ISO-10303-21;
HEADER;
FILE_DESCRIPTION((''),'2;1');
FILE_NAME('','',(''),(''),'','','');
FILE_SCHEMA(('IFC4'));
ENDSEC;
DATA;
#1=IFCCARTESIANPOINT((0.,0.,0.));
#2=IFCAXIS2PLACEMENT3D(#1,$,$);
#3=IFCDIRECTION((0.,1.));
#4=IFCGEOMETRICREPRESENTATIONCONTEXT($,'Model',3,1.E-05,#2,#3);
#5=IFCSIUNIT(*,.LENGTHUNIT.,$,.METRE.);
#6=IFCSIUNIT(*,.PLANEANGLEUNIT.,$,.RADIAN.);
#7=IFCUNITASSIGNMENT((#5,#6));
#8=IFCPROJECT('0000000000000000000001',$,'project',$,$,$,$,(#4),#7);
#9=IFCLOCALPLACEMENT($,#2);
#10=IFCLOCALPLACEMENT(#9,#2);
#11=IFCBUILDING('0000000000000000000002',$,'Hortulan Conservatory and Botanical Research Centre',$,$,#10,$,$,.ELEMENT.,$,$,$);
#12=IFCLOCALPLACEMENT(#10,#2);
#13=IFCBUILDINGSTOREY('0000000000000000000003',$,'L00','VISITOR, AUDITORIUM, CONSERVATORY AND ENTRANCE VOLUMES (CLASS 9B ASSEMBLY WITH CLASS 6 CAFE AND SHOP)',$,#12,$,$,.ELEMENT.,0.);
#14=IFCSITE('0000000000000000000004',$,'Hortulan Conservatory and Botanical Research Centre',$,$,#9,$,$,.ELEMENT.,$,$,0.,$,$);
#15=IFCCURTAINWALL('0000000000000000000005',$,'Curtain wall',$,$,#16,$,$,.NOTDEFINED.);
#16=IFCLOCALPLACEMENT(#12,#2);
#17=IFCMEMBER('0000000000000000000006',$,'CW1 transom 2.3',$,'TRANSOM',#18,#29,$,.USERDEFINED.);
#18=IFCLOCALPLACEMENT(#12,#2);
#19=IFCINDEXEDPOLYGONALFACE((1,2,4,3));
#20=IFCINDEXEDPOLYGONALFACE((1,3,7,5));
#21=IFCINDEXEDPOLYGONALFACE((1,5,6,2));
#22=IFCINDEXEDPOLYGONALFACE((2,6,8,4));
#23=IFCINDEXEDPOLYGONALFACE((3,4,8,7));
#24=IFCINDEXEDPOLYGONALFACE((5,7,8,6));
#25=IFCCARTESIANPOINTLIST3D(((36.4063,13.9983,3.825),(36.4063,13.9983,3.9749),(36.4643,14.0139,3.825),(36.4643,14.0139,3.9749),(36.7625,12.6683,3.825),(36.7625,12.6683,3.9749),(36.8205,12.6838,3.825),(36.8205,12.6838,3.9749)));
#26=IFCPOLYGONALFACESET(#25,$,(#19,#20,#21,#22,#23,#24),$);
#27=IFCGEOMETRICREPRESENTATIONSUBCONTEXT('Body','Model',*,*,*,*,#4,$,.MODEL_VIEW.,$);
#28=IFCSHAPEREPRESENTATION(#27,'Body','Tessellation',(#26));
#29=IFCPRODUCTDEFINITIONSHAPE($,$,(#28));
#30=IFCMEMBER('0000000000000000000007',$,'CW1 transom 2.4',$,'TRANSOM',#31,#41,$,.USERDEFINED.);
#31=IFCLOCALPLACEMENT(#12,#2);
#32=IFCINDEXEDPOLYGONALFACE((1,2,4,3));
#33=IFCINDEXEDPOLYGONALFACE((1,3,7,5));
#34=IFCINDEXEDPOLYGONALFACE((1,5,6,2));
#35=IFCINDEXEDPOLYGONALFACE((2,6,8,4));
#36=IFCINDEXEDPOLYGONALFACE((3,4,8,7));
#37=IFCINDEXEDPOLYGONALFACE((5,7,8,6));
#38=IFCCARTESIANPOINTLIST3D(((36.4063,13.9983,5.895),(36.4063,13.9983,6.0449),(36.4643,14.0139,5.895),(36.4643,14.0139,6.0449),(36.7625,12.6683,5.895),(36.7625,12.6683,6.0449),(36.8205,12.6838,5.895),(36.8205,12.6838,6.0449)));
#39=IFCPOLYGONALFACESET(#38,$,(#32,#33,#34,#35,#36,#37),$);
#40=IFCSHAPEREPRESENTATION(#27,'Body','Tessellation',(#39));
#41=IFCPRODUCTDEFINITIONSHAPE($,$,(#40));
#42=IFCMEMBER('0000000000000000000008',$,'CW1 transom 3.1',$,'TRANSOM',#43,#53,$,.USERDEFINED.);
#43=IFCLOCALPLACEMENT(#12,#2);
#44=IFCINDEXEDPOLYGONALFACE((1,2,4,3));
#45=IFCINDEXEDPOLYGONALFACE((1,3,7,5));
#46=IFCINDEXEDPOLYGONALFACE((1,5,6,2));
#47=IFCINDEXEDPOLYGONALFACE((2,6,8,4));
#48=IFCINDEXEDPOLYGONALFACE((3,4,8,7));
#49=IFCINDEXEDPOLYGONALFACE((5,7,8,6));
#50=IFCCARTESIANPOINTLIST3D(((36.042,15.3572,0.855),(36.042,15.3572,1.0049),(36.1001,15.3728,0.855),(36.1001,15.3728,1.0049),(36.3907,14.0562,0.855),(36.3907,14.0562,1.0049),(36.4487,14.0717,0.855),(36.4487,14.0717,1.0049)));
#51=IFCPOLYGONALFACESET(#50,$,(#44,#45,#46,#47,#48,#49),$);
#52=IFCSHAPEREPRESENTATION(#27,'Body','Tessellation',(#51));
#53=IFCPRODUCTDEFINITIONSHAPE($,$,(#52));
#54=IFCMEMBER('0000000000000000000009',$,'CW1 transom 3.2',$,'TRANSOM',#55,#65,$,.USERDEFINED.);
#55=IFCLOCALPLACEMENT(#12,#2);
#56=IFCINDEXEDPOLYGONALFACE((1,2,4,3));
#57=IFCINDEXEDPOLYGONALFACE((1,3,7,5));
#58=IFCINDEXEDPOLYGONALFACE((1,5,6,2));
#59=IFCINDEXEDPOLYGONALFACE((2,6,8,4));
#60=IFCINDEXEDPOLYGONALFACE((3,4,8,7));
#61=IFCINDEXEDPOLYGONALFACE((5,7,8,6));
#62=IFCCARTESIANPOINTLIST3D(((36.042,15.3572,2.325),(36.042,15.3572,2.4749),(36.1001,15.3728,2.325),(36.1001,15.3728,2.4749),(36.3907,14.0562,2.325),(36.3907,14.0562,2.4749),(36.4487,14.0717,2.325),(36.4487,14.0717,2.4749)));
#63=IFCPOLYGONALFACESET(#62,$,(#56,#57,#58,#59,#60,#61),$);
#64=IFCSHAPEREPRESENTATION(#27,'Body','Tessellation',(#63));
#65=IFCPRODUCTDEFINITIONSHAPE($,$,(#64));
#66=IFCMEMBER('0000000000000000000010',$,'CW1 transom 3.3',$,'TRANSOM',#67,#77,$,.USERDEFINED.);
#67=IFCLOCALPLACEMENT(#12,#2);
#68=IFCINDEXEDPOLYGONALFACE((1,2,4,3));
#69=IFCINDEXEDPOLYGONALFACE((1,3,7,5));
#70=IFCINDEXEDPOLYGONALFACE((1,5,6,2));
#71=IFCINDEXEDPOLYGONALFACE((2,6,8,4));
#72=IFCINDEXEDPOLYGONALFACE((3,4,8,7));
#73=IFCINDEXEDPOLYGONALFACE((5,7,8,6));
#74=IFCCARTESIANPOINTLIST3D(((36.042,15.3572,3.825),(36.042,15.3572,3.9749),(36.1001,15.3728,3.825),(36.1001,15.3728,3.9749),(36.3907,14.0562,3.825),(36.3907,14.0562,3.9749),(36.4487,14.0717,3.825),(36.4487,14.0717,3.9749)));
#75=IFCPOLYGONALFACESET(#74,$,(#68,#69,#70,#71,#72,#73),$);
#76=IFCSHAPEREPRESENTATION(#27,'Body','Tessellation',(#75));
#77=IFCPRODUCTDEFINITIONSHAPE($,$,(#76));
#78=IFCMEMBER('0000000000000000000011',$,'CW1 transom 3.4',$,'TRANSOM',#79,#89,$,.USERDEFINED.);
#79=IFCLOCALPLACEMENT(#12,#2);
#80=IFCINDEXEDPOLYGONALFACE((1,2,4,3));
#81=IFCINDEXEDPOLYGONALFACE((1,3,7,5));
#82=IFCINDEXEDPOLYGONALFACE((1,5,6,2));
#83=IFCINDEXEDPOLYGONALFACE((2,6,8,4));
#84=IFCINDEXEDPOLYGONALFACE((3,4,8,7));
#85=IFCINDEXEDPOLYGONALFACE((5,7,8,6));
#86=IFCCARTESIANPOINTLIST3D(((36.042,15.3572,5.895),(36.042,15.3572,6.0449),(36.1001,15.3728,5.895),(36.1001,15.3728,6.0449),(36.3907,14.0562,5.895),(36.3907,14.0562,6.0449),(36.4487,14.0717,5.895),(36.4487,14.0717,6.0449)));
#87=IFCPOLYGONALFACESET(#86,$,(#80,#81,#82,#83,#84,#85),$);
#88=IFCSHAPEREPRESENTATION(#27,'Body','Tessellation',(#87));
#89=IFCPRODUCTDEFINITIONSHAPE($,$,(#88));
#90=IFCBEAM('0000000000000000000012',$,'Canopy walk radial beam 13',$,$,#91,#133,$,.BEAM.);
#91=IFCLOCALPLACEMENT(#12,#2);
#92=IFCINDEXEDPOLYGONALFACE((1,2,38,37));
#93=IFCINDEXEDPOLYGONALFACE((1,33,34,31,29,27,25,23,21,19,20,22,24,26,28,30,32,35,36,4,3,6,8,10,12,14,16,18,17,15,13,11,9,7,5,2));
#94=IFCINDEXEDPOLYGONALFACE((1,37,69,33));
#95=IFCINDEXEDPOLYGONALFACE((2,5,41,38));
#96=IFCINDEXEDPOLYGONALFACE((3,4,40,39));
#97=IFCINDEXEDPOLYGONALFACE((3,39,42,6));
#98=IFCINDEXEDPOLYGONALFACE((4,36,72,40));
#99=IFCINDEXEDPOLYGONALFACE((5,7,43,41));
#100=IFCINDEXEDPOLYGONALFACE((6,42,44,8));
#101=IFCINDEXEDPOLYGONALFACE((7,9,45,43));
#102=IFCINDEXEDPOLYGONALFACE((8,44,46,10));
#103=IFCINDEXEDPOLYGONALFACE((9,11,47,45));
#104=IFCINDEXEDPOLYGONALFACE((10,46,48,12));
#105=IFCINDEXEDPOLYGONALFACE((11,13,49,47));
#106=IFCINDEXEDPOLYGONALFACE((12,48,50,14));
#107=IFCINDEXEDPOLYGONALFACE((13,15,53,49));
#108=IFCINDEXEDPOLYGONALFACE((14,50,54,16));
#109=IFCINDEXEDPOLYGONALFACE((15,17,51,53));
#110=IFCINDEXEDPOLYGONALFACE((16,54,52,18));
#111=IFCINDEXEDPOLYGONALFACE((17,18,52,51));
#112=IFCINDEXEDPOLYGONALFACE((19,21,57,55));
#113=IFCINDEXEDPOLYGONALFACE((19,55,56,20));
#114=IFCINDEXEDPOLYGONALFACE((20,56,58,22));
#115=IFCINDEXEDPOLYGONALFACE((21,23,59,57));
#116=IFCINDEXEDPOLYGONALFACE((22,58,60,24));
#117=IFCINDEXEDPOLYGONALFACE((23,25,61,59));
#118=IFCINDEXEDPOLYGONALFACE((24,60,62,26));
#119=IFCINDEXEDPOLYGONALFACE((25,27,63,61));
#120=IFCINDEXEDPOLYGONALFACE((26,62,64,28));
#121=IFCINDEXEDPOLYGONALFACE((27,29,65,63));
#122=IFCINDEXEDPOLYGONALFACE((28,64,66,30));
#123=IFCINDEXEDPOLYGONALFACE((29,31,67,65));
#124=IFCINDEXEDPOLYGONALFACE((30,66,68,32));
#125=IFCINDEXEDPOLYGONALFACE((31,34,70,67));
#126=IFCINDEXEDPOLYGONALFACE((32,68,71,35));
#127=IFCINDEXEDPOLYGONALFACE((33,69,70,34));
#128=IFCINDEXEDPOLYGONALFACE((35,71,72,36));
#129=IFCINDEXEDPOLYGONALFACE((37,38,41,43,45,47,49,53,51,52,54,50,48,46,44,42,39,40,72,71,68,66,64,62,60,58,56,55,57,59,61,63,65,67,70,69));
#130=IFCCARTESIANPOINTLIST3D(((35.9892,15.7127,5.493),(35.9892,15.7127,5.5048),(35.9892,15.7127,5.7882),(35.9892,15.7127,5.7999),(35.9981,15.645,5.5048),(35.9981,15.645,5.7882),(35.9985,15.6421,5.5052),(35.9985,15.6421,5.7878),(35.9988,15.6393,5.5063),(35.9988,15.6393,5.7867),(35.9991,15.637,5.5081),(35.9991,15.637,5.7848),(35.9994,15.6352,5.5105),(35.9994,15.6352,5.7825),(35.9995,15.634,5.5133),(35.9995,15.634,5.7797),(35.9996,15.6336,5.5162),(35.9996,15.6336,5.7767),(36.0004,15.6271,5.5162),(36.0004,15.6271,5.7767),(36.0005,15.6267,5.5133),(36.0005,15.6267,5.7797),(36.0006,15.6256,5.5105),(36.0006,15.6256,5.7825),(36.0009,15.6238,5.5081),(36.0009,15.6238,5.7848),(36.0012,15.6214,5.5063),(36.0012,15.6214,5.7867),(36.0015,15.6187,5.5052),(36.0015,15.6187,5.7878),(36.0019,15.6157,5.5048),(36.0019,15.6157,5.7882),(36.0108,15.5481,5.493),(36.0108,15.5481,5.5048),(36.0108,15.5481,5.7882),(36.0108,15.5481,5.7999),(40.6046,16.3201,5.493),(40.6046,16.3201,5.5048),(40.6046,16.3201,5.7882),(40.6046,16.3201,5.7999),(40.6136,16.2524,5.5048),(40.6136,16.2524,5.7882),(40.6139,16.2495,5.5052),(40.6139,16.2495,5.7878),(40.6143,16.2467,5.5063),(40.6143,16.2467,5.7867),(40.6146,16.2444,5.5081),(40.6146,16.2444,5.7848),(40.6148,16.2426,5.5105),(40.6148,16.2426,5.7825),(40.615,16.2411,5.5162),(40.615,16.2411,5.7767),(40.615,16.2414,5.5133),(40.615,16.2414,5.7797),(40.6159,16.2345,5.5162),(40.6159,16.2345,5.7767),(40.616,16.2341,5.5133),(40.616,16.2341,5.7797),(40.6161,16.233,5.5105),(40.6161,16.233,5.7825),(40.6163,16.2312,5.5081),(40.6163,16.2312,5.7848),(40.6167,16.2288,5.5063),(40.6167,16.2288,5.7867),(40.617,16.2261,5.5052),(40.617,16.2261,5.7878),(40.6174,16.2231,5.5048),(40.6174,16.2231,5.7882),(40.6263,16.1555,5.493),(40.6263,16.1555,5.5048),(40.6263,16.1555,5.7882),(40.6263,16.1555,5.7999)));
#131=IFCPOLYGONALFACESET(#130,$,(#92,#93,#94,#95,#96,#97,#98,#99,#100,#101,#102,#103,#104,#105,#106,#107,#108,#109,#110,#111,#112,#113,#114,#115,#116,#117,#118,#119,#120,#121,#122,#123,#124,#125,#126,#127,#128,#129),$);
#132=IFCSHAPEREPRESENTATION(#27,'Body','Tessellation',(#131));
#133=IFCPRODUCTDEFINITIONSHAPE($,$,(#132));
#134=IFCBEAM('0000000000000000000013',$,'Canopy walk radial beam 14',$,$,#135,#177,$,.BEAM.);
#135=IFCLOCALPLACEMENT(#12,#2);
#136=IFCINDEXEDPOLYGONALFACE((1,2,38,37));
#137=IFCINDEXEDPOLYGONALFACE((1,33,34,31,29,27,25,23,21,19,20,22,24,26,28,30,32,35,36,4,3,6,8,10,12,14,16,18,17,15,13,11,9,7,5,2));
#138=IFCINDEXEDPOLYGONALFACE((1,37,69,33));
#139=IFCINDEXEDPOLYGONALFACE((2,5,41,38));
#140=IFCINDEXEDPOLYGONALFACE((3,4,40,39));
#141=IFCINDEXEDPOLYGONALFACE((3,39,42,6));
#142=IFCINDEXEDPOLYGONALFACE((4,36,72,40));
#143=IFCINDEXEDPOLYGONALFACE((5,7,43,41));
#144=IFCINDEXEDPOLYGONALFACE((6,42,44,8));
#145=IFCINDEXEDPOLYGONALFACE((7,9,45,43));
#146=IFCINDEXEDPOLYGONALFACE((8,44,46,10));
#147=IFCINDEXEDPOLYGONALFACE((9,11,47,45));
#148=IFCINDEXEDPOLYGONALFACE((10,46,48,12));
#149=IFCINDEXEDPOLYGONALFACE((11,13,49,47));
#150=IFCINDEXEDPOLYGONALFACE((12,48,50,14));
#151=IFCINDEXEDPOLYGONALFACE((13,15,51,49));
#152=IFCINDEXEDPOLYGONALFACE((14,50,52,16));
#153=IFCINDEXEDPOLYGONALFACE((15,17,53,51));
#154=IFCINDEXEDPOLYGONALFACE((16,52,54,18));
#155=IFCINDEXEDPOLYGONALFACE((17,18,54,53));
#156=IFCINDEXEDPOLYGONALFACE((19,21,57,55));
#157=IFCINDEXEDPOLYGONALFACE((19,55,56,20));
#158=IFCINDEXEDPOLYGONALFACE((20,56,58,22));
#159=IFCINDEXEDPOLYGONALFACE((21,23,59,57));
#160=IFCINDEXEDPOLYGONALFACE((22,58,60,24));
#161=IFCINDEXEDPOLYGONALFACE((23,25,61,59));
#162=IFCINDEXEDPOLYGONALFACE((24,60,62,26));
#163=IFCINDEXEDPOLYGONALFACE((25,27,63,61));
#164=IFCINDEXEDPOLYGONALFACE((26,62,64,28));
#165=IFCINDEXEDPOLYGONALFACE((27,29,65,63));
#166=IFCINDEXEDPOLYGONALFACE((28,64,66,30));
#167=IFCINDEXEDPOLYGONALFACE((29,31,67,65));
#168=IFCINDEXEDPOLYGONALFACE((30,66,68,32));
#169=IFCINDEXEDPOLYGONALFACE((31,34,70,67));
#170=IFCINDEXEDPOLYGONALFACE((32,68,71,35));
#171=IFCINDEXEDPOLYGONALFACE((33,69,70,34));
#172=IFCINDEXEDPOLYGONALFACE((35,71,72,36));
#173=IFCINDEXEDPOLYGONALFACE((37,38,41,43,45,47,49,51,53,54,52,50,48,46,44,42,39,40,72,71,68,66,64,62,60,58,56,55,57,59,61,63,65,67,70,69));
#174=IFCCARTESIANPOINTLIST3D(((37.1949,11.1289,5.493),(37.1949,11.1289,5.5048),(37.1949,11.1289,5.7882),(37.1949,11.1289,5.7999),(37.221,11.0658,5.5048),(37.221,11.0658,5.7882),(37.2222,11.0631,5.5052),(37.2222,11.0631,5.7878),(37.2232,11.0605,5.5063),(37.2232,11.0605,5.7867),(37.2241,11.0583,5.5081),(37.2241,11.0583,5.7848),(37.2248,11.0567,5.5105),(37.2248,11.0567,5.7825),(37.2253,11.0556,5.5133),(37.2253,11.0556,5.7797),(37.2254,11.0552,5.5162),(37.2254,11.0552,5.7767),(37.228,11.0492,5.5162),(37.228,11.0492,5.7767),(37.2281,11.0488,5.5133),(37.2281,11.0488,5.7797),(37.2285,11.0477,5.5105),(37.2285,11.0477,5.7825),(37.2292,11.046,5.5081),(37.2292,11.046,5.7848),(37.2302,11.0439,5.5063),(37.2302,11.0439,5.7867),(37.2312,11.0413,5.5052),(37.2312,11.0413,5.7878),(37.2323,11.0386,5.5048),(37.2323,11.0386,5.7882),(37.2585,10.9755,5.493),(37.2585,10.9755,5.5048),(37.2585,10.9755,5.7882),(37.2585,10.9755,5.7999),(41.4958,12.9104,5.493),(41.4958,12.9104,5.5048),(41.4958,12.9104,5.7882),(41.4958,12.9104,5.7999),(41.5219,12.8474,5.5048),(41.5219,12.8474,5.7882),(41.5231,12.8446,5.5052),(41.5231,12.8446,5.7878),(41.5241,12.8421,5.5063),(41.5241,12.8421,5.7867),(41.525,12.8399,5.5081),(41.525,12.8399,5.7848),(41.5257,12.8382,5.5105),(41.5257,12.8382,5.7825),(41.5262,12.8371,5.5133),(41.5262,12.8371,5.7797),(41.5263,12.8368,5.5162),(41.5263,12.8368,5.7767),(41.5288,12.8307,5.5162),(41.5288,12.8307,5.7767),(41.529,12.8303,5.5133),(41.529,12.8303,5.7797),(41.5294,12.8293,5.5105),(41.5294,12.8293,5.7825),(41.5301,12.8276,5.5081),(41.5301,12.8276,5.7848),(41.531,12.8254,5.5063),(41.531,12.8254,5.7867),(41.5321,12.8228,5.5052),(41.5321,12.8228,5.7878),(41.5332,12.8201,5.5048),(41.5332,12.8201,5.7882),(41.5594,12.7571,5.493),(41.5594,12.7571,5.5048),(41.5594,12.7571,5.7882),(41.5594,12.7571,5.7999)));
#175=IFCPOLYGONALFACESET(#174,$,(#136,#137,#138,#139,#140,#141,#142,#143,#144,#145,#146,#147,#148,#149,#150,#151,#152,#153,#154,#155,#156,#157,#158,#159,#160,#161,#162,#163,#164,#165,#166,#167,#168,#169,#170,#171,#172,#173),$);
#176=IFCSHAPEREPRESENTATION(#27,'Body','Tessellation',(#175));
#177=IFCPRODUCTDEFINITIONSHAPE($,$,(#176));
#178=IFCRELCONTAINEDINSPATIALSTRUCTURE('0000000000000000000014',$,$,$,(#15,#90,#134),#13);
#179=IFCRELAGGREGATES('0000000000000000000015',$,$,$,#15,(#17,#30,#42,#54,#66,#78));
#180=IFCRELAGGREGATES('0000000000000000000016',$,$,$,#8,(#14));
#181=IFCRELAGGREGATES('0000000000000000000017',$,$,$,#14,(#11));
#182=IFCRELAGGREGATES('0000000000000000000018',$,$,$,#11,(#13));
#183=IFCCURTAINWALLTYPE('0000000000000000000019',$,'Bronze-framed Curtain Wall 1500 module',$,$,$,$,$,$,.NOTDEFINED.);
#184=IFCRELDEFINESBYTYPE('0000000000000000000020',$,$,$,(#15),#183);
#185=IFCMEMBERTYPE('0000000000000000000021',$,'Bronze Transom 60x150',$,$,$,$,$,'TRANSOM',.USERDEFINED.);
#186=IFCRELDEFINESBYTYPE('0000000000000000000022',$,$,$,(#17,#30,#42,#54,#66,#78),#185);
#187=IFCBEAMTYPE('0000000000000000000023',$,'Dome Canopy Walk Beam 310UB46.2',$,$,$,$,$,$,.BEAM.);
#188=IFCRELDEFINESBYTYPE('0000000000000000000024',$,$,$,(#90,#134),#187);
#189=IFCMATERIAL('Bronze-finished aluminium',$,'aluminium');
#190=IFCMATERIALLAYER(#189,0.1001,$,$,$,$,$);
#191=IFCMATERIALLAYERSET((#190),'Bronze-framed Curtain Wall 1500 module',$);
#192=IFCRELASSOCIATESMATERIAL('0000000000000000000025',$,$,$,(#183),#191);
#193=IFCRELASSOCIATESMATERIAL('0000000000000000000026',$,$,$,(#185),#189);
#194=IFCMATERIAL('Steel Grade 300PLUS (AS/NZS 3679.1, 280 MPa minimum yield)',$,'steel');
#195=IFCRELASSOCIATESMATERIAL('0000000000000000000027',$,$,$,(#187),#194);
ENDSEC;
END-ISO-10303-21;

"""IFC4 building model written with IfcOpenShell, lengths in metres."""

from ifc_helpers import new_model, si_unit, direction, frame, origin, origin_2d, place, context, subcontext, project, spatial, rectangle, i_section, extrude, material, layer, layer_set, material_profile, profile_set, type_object, element, aggregate, save


model = new_model("IFC4")

# Units and contexts
model_context = context("Model", 3, precision=1e-05, world=origin(), true_north=direction((0.0, 1.0)))
body_context = subcontext(model_context, "Body", "Model", "MODEL_VIEW")
ifc_project = project(units=[si_unit("LENGTHUNIT", "METRE"), si_unit("PLANEANGLEUNIT", "RADIAN")], contexts=[model_context])

# Site, building, storey
site_placement = place(None, origin())
site = spatial("IfcSite", under=ifc_project, at=site_placement, Name="Hortulan Conservatory and Botanical Research Centre", CompositionType="ELEMENT", RefElevation=0.0)
building_placement = place(site_placement, origin())
building = spatial("IfcBuilding", under=site, at=building_placement, Name="Hortulan Conservatory and Botanical Research Centre", CompositionType="ELEMENT")
storey_placement = place(building_placement, origin())
storey = spatial("IfcBuildingStorey", under=building, at=storey_placement, Name="L00", Description="VISITOR, AUDITORIUM, CONSERVATORY AND ENTRANCE VOLUMES (CLASS 9B ASSEMBLY WITH CLASS 6 CAFE AND SHOP)", CompositionType="ELEMENT", Elevation=0.0)

# Shared definitions
ifc_material_1 = material(Name="Bronze-finished aluminium", Category="aluminium")
ifc_layer_1 = layer(ifc_material_1, 0.1001)
ifc_layer_set_1 = layer_set([ifc_layer_1], Name="Bronze-framed Curtain Wall 1500 module")
curtain_wall_type = type_object("IfcCurtainWallType", Name="Bronze-framed Curtain Wall 1500 module", PredefinedType="NOTDEFINED", material=ifc_layer_set_1)

# Curtain wall, members
curtain_wall_1_placement = place(storey_placement, origin())
curtain_wall_1 = element("IfcCurtainWall", 1, at=curtain_wall_1_placement, inside=storey, type_object=curtain_wall_type, Name="Curtain wall", PredefinedType="NOTDEFINED")
ifc_material_profile_1 = material_profile(ifc_material_1, rectangle(XDim=0.0601, YDim=0.1499, at=origin_2d()), Name="Bronze Transom 60x150")
ifc_profile_set_1 = profile_set([ifc_material_profile_1], Name="Bronze-finished aluminium")
member_type_1 = type_object("IfcMemberType", Name="Bronze Transom 60x150", ElementType="TRANSOM", PredefinedType="USERDEFINED", material=ifc_profile_set_1)
member_1_placement = place(storey_placement, frame((36.7915, 12.676, 3.8999), z_axis=(-0.258689, 0.965961, 0.0), x_axis=(-0.965961, -0.258689, 0.0)))
member_1 = element("IfcMember", 2, at=member_1_placement, type_object=member_type_1, Name="CW1 transom 2.3", ObjectType="TRANSOM", PredefinedType="USERDEFINED", context=body_context, shape_type="SweptSolid", body=[
    extrude(rectangle(XDim=0.0601, YDim=0.1499, at=origin_2d()), origin(), (0.0, 0.0, 1.0), 1.377),
])
member_2_placement = place(storey_placement, frame((36.7915, 12.676, 5.97), z_axis=(-0.258689, 0.965961, 0.0), x_axis=(-0.965961, -0.258689, 0.0)))
member_2 = element("IfcMember", 3, at=member_2_placement, type_object=member_type_1, Name="CW1 transom 2.4", ObjectType="TRANSOM", PredefinedType="USERDEFINED", context=body_context, shape_type="SweptSolid", body=[
    extrude(rectangle(XDim=0.0601, YDim=0.1499, at=origin_2d()), origin(), (0.0, 0.0, 1.0), 1.377),
])
member_3_placement = place(storey_placement, frame((36.4197, 14.064, 0.9299), z_axis=(-0.258836, 0.965921, 0.0), x_axis=(-0.965921, -0.258836, 0.0)))
member_3 = element("IfcMember", 4, at=member_3_placement, type_object=member_type_1, Name="CW1 transom 3.1", ObjectType="TRANSOM", PredefinedType="USERDEFINED", context=body_context, shape_type="SweptSolid", body=[
    extrude(rectangle(XDim=0.0601, YDim=0.1499, at=origin_2d()), origin(), (0.0, 0.0, 1.0), 1.3469),
])
member_4_placement = place(storey_placement, frame((36.4197, 14.064, 2.3999), z_axis=(-0.258836, 0.965921, 0.0), x_axis=(-0.965921, -0.258836, 0.0)))
member_4 = element("IfcMember", 5, at=member_4_placement, type_object=member_type_1, Name="CW1 transom 3.2", ObjectType="TRANSOM", PredefinedType="USERDEFINED", context=body_context, shape_type="SweptSolid", body=[
    extrude(rectangle(XDim=0.0601, YDim=0.1499, at=origin_2d()), origin(), (0.0, 0.0, 1.0), 1.3469),
])
member_5_placement = place(storey_placement, frame((36.4197, 14.064, 3.8999), z_axis=(-0.258836, 0.965921, 0.0), x_axis=(-0.965921, -0.258836, 0.0)))
member_5 = element("IfcMember", 6, at=member_5_placement, type_object=member_type_1, Name="CW1 transom 3.3", ObjectType="TRANSOM", PredefinedType="USERDEFINED", context=body_context, shape_type="SweptSolid", body=[
    extrude(rectangle(XDim=0.0601, YDim=0.1499, at=origin_2d()), origin(), (0.0, 0.0, 1.0), 1.3469),
])
member_6_placement = place(storey_placement, frame((36.4197, 14.064, 5.97), z_axis=(-0.258836, 0.965921, 0.0), x_axis=(-0.965921, -0.258836, 0.0)))
member_6 = element("IfcMember", 7, at=member_6_placement, type_object=member_type_1, Name="CW1 transom 3.4", ObjectType="TRANSOM", PredefinedType="USERDEFINED", context=body_context, shape_type="SweptSolid", body=[
    extrude(rectangle(XDim=0.0601, YDim=0.1499, at=origin_2d()), origin(), (0.0, 0.0, 1.0), 1.3469),
])

# Beams
ifc_material_2 = material(Name="Steel Grade 300PLUS (AS/NZS 3679.1, 280 MPa minimum yield)", Category="steel")
ifc_material_profile_2 = material_profile(ifc_material_2, i_section(OverallWidth=0.166, OverallDepth=0.3069, WebThickness=0.0066, FlangeThickness=0.0117, FilletRadius=0.0115, at=origin_2d()), Name="310UB46.2")
ifc_profile_set_2 = profile_set([ifc_material_profile_2], Name="Steel Grade 300PLUS (AS/NZS 3679.1, 280 MPa minimum yield)")
beam_type = type_object("IfcBeamType", Name="Dome Canopy Walk Beam 310UB46.2", PredefinedType="BEAM", material=ifc_profile_set_2)
for number, where, z_axis, x_axis, name in (
    (8, (40.6155, 16.2378, 5.6465), (-0.991451, -0.13048, 0.0), (0.13048, -0.991451, 0.0), "Canopy walk radial beam 13"),
    (9, (41.5276, 12.8337, 5.6465), (-0.923876, -0.382693, 0.0), (0.382693, -0.923876, 0.0), "Canopy walk radial beam 14"),
):
    element("IfcBeam", number, at=place(storey_placement, frame(where, z_axis=z_axis, x_axis=x_axis)), inside=storey, type_object=beam_type, Name=name, PredefinedType="BEAM", context=body_context, shape_type="SweptSolid", body=[
        extrude(i_section(OverallWidth=0.166, OverallDepth=0.3069, WebThickness=0.0066, FlangeThickness=0.0117, FilletRadius=0.0115, at=origin_2d()), origin(), (0.0, 0.0, 1.0), 4.6553),
    ])

aggregate(curtain_wall_1, [member_1, member_2, member_3, member_4, member_5, member_6])

save(model, "model.ifc")
